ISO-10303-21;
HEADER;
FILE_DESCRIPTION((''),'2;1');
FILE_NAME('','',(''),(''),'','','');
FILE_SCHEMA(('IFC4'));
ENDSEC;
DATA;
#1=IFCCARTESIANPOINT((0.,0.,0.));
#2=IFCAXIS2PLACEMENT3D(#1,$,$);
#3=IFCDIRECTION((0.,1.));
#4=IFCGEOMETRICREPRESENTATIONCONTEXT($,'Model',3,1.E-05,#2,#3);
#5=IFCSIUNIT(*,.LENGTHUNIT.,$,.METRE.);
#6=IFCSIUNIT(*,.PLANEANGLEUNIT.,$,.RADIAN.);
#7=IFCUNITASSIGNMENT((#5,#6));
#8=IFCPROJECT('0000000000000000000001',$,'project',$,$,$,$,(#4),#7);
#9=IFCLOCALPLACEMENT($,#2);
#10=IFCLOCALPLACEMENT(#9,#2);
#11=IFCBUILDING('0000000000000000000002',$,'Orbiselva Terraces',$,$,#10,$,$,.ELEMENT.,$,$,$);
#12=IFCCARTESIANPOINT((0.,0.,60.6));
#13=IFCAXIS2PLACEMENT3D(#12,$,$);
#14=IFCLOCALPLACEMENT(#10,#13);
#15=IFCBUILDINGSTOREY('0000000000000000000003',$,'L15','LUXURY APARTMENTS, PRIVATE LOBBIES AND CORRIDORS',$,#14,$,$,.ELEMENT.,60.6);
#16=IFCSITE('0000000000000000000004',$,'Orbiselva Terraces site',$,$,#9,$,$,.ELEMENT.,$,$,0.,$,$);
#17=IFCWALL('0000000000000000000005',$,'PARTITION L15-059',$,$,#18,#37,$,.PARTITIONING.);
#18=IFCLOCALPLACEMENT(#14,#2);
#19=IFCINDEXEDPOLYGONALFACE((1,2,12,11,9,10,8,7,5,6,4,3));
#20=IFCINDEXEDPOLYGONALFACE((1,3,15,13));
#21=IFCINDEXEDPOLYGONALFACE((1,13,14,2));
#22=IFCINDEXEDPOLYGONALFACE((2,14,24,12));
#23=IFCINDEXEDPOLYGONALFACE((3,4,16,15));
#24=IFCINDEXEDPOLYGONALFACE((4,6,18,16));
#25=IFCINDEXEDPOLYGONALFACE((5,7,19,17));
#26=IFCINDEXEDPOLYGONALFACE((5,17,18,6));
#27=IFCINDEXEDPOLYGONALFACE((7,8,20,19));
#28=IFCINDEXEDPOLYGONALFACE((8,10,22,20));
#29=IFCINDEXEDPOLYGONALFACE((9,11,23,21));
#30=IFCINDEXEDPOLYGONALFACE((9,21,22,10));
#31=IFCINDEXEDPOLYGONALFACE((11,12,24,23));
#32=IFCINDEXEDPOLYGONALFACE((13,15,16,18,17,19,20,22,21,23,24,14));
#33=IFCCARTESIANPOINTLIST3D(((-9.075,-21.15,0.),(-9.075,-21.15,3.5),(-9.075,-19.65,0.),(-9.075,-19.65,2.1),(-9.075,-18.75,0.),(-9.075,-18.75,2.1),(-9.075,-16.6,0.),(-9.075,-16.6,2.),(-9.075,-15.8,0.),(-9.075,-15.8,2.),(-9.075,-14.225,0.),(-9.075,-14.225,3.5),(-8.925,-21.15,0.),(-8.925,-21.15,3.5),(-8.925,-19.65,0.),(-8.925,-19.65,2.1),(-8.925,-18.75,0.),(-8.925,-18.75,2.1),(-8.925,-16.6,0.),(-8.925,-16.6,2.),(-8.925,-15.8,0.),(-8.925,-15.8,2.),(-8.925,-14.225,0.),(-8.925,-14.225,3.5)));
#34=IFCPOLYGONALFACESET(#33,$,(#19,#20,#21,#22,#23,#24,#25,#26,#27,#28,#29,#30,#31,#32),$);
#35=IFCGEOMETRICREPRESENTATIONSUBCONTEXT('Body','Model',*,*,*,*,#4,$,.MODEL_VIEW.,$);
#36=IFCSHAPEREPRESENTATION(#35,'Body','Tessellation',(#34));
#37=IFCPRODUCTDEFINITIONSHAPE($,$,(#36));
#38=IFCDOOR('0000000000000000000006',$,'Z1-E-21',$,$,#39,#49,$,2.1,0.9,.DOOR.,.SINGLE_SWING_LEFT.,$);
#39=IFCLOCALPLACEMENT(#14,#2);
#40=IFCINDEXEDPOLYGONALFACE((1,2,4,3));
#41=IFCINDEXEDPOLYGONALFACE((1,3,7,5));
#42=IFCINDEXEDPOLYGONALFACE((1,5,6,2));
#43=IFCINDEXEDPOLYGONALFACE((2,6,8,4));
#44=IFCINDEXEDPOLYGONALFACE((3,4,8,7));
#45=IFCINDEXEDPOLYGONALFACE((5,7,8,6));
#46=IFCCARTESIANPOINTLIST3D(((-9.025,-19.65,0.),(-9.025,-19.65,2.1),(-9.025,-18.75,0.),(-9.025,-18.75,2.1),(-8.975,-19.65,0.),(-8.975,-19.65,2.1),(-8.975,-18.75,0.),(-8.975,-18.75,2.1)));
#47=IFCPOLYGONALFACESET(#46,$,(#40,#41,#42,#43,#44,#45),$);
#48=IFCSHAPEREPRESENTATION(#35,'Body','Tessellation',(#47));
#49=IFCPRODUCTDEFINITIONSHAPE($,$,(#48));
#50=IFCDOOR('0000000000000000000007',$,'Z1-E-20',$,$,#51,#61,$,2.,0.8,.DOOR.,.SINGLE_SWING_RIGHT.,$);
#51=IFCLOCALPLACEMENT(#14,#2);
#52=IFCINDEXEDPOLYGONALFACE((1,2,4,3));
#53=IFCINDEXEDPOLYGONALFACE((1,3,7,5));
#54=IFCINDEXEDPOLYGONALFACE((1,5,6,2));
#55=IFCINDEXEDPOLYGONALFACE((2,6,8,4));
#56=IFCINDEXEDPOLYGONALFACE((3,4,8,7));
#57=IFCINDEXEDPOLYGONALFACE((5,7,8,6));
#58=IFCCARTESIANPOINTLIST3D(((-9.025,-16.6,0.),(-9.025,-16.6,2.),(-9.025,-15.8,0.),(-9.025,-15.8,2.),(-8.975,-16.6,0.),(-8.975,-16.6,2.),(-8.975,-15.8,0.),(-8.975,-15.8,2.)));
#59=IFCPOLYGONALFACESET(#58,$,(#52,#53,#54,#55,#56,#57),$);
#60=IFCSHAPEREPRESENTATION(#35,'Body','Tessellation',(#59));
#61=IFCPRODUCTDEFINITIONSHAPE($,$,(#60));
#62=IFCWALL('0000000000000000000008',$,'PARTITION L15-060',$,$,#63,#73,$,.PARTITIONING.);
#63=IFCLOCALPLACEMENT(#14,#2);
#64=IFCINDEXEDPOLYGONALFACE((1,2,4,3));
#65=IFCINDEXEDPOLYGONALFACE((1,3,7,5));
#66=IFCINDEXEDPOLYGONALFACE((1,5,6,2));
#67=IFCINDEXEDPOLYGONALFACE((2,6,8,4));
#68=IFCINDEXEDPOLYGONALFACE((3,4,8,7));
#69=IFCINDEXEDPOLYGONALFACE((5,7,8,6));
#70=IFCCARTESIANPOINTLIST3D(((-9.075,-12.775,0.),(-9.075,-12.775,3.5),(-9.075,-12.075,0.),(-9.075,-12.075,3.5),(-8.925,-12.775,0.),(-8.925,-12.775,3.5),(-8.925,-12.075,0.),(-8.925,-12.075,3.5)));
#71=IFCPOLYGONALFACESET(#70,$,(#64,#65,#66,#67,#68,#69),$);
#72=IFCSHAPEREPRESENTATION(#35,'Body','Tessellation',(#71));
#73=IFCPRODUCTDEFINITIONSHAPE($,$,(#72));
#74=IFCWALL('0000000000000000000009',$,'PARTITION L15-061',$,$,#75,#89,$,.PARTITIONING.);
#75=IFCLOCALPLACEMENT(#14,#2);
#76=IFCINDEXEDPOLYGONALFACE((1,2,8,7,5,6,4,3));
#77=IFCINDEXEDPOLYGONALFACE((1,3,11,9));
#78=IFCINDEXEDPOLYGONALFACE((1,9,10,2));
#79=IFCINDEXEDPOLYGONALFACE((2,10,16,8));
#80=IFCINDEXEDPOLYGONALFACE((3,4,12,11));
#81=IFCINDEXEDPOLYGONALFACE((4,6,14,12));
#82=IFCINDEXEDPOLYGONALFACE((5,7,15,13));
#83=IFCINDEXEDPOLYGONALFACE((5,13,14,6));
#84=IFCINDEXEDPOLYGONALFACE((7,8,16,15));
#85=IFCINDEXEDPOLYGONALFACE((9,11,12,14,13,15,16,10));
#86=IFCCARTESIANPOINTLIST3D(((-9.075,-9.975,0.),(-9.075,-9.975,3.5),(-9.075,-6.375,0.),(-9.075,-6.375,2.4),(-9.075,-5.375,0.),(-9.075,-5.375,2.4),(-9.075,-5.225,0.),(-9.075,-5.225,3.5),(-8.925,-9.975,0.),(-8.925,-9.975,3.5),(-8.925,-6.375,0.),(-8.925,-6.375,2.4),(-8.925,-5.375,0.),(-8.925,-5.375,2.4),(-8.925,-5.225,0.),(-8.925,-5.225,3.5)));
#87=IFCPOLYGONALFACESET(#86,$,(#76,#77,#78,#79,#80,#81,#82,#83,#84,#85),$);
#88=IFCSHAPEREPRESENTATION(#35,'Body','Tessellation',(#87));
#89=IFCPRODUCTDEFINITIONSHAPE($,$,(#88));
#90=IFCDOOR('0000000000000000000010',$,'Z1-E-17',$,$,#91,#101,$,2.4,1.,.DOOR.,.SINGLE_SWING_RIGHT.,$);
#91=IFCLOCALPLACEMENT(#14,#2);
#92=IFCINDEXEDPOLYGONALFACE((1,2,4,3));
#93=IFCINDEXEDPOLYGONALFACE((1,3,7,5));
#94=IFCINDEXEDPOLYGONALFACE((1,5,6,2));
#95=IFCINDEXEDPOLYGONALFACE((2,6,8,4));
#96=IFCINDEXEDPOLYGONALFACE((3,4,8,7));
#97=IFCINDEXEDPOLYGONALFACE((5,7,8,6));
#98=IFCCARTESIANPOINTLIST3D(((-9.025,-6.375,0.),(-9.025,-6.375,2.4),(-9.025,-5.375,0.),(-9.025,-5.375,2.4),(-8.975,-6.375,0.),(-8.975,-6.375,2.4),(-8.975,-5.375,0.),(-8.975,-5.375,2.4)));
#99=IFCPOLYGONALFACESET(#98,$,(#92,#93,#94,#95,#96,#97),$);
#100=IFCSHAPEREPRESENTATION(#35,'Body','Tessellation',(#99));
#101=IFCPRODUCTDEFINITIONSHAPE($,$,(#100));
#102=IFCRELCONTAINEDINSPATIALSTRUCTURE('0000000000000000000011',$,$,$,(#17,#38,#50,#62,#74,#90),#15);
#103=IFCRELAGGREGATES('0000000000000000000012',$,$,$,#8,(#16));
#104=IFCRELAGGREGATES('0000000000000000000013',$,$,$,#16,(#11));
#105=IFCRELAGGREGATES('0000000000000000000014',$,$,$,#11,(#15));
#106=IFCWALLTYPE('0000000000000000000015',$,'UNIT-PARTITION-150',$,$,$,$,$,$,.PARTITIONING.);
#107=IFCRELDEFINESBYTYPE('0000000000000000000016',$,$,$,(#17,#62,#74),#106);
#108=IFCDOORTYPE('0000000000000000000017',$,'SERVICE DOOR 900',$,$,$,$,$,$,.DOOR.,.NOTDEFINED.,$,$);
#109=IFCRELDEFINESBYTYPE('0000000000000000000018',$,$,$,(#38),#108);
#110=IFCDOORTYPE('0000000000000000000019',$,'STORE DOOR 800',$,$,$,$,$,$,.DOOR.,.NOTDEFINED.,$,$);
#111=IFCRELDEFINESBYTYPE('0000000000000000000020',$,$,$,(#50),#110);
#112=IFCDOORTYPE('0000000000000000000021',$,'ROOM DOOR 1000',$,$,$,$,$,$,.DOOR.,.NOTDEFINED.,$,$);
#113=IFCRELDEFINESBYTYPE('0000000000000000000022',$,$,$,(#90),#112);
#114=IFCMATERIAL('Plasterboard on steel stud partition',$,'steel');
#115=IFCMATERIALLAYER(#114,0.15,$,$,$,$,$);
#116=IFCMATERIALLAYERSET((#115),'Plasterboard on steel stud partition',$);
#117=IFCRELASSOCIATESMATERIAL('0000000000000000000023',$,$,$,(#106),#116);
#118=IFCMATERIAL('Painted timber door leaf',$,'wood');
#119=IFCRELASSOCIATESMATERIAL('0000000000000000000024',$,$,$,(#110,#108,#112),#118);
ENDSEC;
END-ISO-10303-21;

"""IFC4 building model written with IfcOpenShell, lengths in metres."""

from ifc_helpers import new_model, si_unit, direction, frame, frame_2d, origin, place, context, subcontext, project, spatial, rectangle, extrude, material, layer, layer_set, type_object, element, fill, save


model = new_model("IFC4")

# Units and contexts
model_context = context("Model", 3, precision=1e-05, world=origin(), true_north=direction((0.0, 1.0)))
body_context = subcontext(model_context, "Body", "Model", "MODEL_VIEW")
ifc_project = project(units=[si_unit("LENGTHUNIT", "METRE"), si_unit("PLANEANGLEUNIT", "RADIAN")], contexts=[model_context])

# Site, building, storey
site_placement = place(None, origin())
site = spatial("IfcSite", under=ifc_project, at=site_placement, Name="Orbiselva Terraces site", CompositionType="ELEMENT", RefElevation=0.0)
building_placement = place(site_placement, origin())
building = spatial("IfcBuilding", under=site, at=building_placement, Name="Orbiselva Terraces", CompositionType="ELEMENT")
storey_placement = place(building_placement, frame((0.0, 0.0, 60.6)))
storey = spatial("IfcBuildingStorey", under=building, at=storey_placement, Name="L15", Description="LUXURY APARTMENTS, PRIVATE LOBBIES AND CORRIDORS", CompositionType="ELEMENT", Elevation=60.6)

# Shared definitions
ifc_material_1 = material(Name="Plasterboard on steel stud partition", Category="steel")
ifc_material_2 = material(Name="Painted timber door leaf", Category="wood")

# Shared definitions
ifc_layer_1 = layer(ifc_material_1, 0.15)
ifc_layer_set_1 = layer_set([ifc_layer_1], Name="Plasterboard on steel stud partition")
wall_type_1 = type_object("IfcWallType", Name="UNIT-PARTITION-150", PredefinedType="PARTITIONING", material=ifc_layer_set_1)

# Shared definitions
door_type_1 = type_object("IfcDoorType", Name="STORE DOOR 800", OperationType="NOTDEFINED", PredefinedType="DOOR", material=ifc_material_2)

# Wall, openings, doors
wall_1_placement = place(storey_placement, frame((-9.0, -21.15, 0.0), z_axis=(0.0, 0.0, 1.0), x_axis=(0.0, 1.0, 0.0)))
wall_1 = element("IfcWall", 1, at=wall_1_placement, inside=storey, type_object=wall_type_1, Name="PARTITION L15-059", PredefinedType="PARTITIONING", context=body_context, shape_type="SweptSolid", body=[
    extrude(rectangle(XDim=6.925, YDim=0.15, at=frame_2d((3.4625, 0.0))), origin(), (0.0, 0.0, 1.0), 3.5),
])
opening_1_placement = place(wall_1_placement, frame((4.55, 0.0, 0.0)))
opening_1 = element("IfcOpeningElement", 2, at=opening_1_placement, cuts=wall_1, PredefinedType="OPENING", context=body_context, shape_type="SweptSolid", body=[
    extrude(rectangle(XDim=0.8, YDim=2.0, at=frame_2d((0.4, 1.0))), frame((0.0, 0.085, 0.0), z_axis=(0.0, -1.0, 0.0), x_axis=(1.0, 0.0, 0.0)), (0.0, 0.0, 1.0), 0.17),
])
opening_2_placement = place(wall_1_placement, frame((1.5, 0.0, 0.0)))
opening_2 = element("IfcOpeningElement", 3, at=opening_2_placement, cuts=wall_1, PredefinedType="OPENING", context=body_context, shape_type="SweptSolid", body=[
    extrude(rectangle(XDim=0.9, YDim=2.1, at=frame_2d((0.45, 1.05))), frame((0.0, 0.085, 0.0), z_axis=(0.0, -1.0, 0.0), x_axis=(1.0, 0.0, 0.0)), (0.0, 0.0, 1.0), 0.17),
])
door_type_2 = type_object("IfcDoorType", Name="SERVICE DOOR 900", OperationType="NOTDEFINED", PredefinedType="DOOR", material=ifc_material_2)
door_1_placement = place(opening_2_placement, origin())
door_1 = element("IfcDoor", 4, at=door_1_placement, inside=storey, type_object=door_type_2, Name="Z1-E-21", OperationType="SINGLE_SWING_LEFT", OverallHeight=2.1, OverallWidth=0.9, PredefinedType="DOOR", context=body_context, shape_type="SweptSolid", body=[
    extrude(rectangle(XDim=0.9, YDim=2.1, at=frame_2d((0.45, 1.05))), frame((0.0, 0.025, 0.0), z_axis=(0.0, -1.0, 0.0), x_axis=(1.0, 0.0, 0.0)), (0.0, 0.0, 1.0), 0.05),
])
fill(opening_2, door_1)
door_2_placement = place(opening_1_placement, origin())
door_2 = element("IfcDoor", 5, at=door_2_placement, inside=storey, type_object=door_type_1, Name="Z1-E-20", OperationType="SINGLE_SWING_RIGHT", OverallHeight=2.0, OverallWidth=0.8, PredefinedType="DOOR", context=body_context, shape_type="SweptSolid", body=[
    extrude(rectangle(XDim=0.8, YDim=2.0, at=frame_2d((0.4, 1.0))), frame((0.0, 0.025, 0.0), z_axis=(0.0, -1.0, 0.0), x_axis=(1.0, 0.0, 0.0)), (0.0, 0.0, 1.0), 0.05),
])
fill(opening_1, door_2)

# Wall
wall_2_placement = place(storey_placement, frame((-9.0, -12.775, 0.0), z_axis=(0.0, 0.0, 1.0), x_axis=(0.0, 1.0, 0.0)))
element("IfcWall", 6, at=wall_2_placement, inside=storey, type_object=wall_type_1, Name="PARTITION L15-060", PredefinedType="PARTITIONING", context=body_context, shape_type="SweptSolid", body=[
    extrude(rectangle(XDim=0.7, YDim=0.15, at=frame_2d((0.35, 0.0))), origin(), (0.0, 0.0, 1.0), 3.5),
])

# Wall, opening, door
wall_3_placement = place(storey_placement, frame((-9.0, -9.975, 0.0), z_axis=(0.0, 0.0, 1.0), x_axis=(0.0, 1.0, 0.0)))
wall_3 = element("IfcWall", 7, at=wall_3_placement, inside=storey, type_object=wall_type_1, Name="PARTITION L15-061", PredefinedType="PARTITIONING", context=body_context, shape_type="SweptSolid", body=[
    extrude(rectangle(XDim=4.75, YDim=0.15, at=frame_2d((2.375, 0.0))), origin(), (0.0, 0.0, 1.0), 3.5),
])
opening_3_placement = place(wall_3_placement, frame((3.6, 0.0, 0.0)))
opening_3 = element("IfcOpeningElement", 8, at=opening_3_placement, cuts=wall_3, PredefinedType="OPENING", context=body_context, shape_type="SweptSolid", body=[
    extrude(rectangle(XDim=1.0, YDim=2.4, at=frame_2d((0.5, 1.2))), frame((0.0, 0.085, 0.0), z_axis=(0.0, -1.0, 0.0), x_axis=(1.0, 0.0, 0.0)), (0.0, 0.0, 1.0), 0.17),
])
door_type_3 = type_object("IfcDoorType", Name="ROOM DOOR 1000", OperationType="NOTDEFINED", PredefinedType="DOOR", material=ifc_material_2)
door_3_placement = place(opening_3_placement, origin())
door_3 = element("IfcDoor", 9, at=door_3_placement, inside=storey, type_object=door_type_3, Name="Z1-E-17", OperationType="SINGLE_SWING_RIGHT", OverallHeight=2.4, OverallWidth=1.0, PredefinedType="DOOR", context=body_context, shape_type="SweptSolid", body=[
    extrude(rectangle(XDim=1.0, YDim=2.4, at=frame_2d((0.5, 1.2))), frame((0.0, 0.025, 0.0), z_axis=(0.0, -1.0, 0.0), x_axis=(1.0, 0.0, 0.0)), (0.0, 0.0, 1.0), 0.05),
])
fill(opening_3, door_3)

save(model, "model.ifc")
